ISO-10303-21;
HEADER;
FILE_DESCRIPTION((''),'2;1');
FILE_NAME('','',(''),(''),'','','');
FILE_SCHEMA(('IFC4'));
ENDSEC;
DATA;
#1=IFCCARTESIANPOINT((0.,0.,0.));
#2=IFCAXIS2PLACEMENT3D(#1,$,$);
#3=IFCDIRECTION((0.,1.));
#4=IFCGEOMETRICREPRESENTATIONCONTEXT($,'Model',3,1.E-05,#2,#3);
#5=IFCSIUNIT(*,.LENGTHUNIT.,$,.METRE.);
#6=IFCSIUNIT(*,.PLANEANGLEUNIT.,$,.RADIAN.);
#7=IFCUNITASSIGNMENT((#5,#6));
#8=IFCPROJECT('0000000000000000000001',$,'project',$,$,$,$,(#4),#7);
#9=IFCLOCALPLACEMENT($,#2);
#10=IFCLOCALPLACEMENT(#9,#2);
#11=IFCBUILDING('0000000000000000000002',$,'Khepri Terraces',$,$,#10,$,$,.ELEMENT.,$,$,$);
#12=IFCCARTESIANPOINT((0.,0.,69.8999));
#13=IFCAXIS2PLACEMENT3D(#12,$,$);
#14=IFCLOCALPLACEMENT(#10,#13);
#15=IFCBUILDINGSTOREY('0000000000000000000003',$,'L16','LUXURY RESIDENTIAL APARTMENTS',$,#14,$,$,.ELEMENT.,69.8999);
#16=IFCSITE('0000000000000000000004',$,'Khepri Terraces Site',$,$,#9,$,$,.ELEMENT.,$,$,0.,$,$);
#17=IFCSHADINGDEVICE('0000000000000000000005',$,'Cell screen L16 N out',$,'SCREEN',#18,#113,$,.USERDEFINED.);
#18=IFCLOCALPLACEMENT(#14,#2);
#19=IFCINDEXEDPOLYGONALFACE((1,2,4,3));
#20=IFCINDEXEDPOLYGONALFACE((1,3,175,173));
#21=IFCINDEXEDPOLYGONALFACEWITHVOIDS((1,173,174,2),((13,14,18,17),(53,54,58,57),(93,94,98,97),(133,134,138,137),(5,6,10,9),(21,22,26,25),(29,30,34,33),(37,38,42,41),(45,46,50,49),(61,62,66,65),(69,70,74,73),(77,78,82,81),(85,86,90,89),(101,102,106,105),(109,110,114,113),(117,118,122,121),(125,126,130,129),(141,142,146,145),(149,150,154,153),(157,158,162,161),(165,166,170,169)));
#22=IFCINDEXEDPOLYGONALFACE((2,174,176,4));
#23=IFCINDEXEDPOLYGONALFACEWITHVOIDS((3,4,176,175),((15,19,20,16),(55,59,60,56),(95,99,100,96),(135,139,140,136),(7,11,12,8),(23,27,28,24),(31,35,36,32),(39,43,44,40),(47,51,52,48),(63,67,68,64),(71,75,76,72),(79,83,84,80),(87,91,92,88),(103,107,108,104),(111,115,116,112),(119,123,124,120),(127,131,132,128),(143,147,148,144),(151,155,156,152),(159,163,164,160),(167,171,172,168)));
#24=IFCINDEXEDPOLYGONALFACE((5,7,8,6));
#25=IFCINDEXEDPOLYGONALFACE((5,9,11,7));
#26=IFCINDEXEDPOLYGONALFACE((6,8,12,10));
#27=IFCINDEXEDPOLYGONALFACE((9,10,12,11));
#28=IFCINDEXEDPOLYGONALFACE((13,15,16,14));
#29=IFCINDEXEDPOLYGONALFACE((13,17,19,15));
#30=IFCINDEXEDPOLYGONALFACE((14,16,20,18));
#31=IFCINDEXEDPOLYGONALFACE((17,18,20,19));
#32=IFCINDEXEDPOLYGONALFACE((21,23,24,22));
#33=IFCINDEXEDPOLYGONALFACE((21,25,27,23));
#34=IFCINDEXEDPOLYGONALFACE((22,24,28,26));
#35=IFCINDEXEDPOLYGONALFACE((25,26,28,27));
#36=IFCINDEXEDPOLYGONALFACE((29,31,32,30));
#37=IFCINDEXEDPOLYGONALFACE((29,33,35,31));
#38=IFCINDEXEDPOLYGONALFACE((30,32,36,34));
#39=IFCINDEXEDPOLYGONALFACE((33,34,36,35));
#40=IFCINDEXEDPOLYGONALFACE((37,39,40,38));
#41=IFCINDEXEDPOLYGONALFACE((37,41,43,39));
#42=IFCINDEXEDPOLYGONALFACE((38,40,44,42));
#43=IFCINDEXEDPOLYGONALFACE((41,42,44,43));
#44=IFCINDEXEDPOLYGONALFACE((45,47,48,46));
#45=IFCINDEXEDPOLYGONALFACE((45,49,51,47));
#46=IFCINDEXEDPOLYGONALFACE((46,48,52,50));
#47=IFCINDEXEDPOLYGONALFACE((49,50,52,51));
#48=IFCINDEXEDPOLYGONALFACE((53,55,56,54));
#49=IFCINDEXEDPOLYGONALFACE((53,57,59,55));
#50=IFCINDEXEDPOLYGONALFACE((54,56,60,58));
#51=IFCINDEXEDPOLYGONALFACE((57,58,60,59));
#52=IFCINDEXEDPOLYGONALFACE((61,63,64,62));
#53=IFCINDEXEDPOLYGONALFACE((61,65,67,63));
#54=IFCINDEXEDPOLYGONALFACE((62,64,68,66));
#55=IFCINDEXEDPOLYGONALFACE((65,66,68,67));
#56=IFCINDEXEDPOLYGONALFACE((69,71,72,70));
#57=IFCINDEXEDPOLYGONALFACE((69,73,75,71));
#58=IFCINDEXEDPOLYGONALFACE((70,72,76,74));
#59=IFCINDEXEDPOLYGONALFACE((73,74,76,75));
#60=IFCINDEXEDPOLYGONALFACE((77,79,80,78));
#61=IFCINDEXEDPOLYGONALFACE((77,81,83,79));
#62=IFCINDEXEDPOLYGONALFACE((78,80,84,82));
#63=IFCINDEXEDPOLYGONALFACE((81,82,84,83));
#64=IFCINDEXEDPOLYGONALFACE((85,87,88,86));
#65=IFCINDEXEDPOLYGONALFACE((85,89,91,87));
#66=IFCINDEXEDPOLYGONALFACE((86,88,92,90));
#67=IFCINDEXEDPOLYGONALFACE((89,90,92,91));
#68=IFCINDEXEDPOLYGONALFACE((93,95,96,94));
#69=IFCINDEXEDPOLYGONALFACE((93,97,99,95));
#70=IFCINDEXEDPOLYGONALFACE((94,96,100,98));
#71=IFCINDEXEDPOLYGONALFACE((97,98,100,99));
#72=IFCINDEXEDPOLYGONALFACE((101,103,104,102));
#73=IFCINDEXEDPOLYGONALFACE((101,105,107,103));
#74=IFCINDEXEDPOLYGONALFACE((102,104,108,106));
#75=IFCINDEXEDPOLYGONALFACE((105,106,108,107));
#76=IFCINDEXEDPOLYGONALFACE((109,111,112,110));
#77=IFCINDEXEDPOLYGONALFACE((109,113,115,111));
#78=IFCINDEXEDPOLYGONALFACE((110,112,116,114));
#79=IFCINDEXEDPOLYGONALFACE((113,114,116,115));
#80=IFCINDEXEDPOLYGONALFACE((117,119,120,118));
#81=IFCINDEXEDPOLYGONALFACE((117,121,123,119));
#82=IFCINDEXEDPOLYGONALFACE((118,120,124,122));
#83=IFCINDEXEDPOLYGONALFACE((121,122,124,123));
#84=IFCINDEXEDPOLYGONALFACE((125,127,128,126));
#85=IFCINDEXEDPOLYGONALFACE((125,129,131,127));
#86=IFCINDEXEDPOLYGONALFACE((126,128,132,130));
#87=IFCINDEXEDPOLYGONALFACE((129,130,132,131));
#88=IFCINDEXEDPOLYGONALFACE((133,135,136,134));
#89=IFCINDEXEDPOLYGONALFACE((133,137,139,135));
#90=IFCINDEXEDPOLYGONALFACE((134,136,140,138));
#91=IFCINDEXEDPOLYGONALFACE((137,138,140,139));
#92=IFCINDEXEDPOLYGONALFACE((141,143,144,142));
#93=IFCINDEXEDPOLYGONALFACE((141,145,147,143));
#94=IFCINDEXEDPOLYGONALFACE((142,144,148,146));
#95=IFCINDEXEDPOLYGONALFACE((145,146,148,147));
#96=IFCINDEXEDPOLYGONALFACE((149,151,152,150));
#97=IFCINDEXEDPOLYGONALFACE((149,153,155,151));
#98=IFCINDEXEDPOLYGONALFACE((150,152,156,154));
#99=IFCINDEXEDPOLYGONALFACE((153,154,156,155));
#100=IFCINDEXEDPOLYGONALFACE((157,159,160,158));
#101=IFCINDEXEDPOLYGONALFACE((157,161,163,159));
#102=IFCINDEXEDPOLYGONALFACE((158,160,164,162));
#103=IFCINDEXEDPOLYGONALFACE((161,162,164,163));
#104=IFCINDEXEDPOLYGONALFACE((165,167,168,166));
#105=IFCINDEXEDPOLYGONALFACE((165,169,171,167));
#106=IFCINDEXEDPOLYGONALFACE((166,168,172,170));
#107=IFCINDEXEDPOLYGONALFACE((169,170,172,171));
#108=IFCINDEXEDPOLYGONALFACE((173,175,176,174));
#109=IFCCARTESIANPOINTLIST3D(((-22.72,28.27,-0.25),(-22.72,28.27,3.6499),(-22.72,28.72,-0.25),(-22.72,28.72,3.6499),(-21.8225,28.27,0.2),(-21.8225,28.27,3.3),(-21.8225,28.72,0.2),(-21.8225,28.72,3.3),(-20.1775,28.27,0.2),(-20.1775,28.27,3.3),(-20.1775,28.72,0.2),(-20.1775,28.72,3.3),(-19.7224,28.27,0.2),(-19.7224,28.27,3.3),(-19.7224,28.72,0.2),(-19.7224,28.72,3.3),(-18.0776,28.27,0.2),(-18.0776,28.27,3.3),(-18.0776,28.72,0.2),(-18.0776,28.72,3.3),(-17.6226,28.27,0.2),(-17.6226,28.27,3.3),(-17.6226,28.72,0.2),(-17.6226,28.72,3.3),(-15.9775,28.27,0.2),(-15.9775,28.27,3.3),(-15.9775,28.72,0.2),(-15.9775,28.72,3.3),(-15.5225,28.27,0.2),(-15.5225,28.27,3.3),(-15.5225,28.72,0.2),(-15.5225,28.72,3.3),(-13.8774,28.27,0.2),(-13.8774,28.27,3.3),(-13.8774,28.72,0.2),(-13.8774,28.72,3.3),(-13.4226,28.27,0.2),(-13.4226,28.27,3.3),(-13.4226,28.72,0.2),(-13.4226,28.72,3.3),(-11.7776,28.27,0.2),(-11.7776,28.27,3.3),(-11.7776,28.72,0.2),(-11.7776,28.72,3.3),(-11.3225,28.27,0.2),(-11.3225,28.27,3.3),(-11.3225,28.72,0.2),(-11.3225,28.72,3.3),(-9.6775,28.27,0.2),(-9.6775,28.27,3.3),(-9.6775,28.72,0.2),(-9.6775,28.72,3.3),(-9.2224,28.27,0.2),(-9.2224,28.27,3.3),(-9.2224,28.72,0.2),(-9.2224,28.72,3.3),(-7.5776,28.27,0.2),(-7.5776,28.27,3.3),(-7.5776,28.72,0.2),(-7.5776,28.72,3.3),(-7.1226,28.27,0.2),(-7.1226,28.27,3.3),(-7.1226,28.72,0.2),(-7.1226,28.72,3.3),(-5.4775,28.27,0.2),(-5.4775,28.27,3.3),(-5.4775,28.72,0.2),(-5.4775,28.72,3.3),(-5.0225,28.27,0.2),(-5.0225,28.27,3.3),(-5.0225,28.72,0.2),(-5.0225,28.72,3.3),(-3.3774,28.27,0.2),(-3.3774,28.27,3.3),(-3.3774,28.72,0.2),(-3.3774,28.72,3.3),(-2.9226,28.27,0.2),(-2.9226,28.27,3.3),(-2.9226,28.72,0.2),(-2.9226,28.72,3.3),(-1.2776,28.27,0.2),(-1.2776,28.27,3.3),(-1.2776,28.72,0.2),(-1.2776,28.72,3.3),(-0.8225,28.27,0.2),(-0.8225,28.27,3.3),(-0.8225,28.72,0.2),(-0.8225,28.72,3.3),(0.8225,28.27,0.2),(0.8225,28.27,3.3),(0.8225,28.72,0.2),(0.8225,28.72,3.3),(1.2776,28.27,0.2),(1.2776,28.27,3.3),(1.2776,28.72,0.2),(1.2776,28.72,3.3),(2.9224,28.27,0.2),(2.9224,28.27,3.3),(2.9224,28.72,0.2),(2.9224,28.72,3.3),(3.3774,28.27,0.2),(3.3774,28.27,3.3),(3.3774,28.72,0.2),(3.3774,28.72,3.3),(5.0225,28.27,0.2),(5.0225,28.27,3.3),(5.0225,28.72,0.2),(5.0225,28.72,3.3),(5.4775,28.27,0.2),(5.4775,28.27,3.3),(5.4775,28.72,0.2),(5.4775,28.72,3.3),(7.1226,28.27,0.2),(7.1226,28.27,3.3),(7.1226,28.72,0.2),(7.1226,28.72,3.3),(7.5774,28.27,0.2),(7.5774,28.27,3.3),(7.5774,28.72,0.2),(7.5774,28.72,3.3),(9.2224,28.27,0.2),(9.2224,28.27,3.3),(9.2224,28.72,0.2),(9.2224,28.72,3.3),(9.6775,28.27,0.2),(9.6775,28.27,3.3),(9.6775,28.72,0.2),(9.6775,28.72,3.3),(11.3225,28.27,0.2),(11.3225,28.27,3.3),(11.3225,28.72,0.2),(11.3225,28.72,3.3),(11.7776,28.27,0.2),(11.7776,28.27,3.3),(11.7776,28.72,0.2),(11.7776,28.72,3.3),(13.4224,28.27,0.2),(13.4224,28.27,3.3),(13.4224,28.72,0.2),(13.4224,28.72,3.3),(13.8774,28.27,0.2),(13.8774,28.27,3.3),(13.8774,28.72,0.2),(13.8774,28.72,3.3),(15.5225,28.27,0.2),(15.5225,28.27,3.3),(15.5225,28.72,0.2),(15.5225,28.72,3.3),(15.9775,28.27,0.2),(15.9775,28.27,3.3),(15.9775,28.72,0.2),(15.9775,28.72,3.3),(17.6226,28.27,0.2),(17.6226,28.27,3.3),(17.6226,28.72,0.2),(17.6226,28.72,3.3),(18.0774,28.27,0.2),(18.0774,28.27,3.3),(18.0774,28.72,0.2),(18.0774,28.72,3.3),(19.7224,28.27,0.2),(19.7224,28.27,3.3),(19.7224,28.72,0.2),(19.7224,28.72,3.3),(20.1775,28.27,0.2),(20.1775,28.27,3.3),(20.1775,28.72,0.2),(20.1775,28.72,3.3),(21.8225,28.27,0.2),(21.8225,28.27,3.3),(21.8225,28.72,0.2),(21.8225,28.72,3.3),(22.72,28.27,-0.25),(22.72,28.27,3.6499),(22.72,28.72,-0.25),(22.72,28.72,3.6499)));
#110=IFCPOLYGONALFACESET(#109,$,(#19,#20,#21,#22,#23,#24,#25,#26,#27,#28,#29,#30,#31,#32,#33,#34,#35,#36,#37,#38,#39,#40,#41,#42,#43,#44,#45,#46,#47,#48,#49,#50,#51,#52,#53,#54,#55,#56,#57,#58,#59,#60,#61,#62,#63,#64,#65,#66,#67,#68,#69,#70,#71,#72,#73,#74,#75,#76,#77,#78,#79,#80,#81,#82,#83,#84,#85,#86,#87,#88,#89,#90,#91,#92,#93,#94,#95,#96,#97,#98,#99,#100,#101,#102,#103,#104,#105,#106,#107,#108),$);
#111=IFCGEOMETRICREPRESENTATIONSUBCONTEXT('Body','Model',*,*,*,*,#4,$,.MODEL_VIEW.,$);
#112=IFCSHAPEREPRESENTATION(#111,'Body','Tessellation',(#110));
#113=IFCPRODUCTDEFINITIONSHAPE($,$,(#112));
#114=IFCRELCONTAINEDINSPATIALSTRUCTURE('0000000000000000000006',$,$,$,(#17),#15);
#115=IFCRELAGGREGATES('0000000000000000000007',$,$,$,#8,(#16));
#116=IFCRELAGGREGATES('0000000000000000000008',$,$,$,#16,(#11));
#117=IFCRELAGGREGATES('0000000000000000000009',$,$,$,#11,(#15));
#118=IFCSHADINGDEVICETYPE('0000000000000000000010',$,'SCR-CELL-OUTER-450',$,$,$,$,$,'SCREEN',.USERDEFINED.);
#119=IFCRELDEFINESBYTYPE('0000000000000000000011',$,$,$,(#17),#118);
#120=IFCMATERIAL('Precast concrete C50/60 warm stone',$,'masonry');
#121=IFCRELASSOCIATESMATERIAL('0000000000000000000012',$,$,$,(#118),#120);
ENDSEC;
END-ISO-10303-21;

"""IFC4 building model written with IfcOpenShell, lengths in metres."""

from ifc_helpers import new_model, si_unit, direction, frame, origin, place, context, subcontext, project, spatial, polyline, outline, extrude, material, type_object, element, save


model = new_model("IFC4")

# Units and contexts
model_context = context("Model", 3, precision=1e-05, world=origin(), true_north=direction((0.0, 1.0)))
body_context = subcontext(model_context, "Body", "Model", "MODEL_VIEW")
ifc_project = project(units=[si_unit("LENGTHUNIT", "METRE"), si_unit("PLANEANGLEUNIT", "RADIAN")], contexts=[model_context])

# Site, building, storey
site_placement = place(None, origin())
site = spatial("IfcSite", under=ifc_project, at=site_placement, Name="Khepri Terraces Site", CompositionType="ELEMENT", RefElevation=0.0)
building_placement = place(site_placement, origin())
building = spatial("IfcBuilding", under=site, at=building_placement, Name="Khepri Terraces", CompositionType="ELEMENT")
storey_placement = place(building_placement, frame((0.0, 0.0, 69.8999)))
storey = spatial("IfcBuildingStorey", under=building, at=storey_placement, Name="L16", Description="LUXURY RESIDENTIAL APARTMENTS", CompositionType="ELEMENT", Elevation=69.8999)

# Shared definitions
ifc_material_1 = material(Name="Precast concrete C50/60 warm stone", Category="masonry")

# Shading device
shading_device_type_1 = type_object("IfcShadingDeviceType", Name="SCR-CELL-OUTER-450", ElementType="SCREEN", PredefinedType="USERDEFINED", material=ifc_material_1)
shading_device_1_placement = place(storey_placement, frame((22.72, 28.27, -0.25), z_axis=(0.0, 1.0, 0.0), x_axis=(-1.0, 0.0, 0.0)))
element("IfcShadingDevice", 1, at=shading_device_1_placement, inside=storey, type_object=shading_device_type_1, Name="Cell screen L16 N out", ObjectType="SCREEN", PredefinedType="USERDEFINED", context=body_context, shape_type="SweptSolid", body=[
    extrude(outline(polyline([(0.0, 0.0), (45.4399, 0.0), (45.4399, 3.8999), (0.0, 3.8999), (0.0, 0.0)]), holes=[polyline([(0.8975, 0.45), (2.5425, 0.45), (2.5425, 3.55), (0.8975, 3.55), (0.8975, 0.45)]), polyline([(2.9976, 0.45), (4.6426, 0.45), (4.6426, 3.55), (2.9976, 3.55), (2.9976, 0.45)]), polyline([(5.0974, 0.45), (6.7424, 0.45), (6.7424, 3.55), (5.0974, 3.55), (5.0974, 0.45)]), polyline([(7.1975, 0.45), (8.8425, 0.45), (8.8425, 3.55), (7.1975, 3.55), (7.1975, 0.45)]), polyline([(9.2976, 0.45), (10.9424, 0.45), (10.9424, 3.55), (9.2976, 3.55), (9.2976, 0.45)]), polyline([(11.3975, 0.45), (13.0425, 0.45), (13.0425, 3.55), (11.3975, 3.55), (11.3975, 0.45)]), polyline([(13.4976, 0.45), (15.1426, 0.45), (15.1426, 3.55), (13.4976, 3.55), (13.4976, 0.45)]), polyline([(15.5974, 0.45), (17.2424, 0.45), (17.2424, 3.55), (15.5974, 3.55), (15.5974, 0.45)]), polyline([(17.6975, 0.45), (19.3425, 0.45), (19.3425, 3.55), (17.6975, 3.55), (17.6975, 0.45)]), polyline([(19.7976, 0.45), (21.4424, 0.45), (21.4424, 3.55), (19.7976, 3.55), (19.7976, 0.45)]), polyline([(21.8975, 0.45), (23.5425, 0.45), (23.5425, 3.55), (21.8975, 3.55), (21.8975, 0.45)]), polyline([(23.9976, 0.45), (25.6426, 0.45), (25.6426, 3.55), (23.9976, 3.55), (23.9976, 0.45)]), polyline([(26.0974, 0.45), (27.7424, 0.45), (27.7424, 3.55), (26.0974, 3.55), (26.0974, 0.45)]), polyline([(28.1975, 0.45), (29.8425, 0.45), (29.8425, 3.55), (28.1975, 3.55), (28.1975, 0.45)]), polyline([(30.2976, 0.45), (31.9424, 0.45), (31.9424, 3.55), (30.2976, 3.55), (30.2976, 0.45)]), polyline([(32.3975, 0.45), (34.0425, 0.45), (34.0425, 3.55), (32.3975, 3.55), (32.3975, 0.45)]), polyline([(34.4976, 0.45), (36.1426, 0.45), (36.1426, 3.55), (34.4976, 3.55), (34.4976, 0.45)]), polyline([(36.5974, 0.45), (38.2424, 0.45), (38.2424, 3.55), (36.5974, 3.55), (36.5974, 0.45)]), polyline([(38.6975, 0.45), (40.3425, 0.45), (40.3425, 3.55), (38.6975, 3.55), (38.6975, 0.45)]), polyline([(40.7976, 0.45), (42.4424, 0.45), (42.4424, 3.55), (40.7976, 3.55), (40.7976, 0.45)]), polyline([(42.8975, 0.45), (44.5425, 0.45), (44.5425, 3.55), (42.8975, 3.55), (42.8975, 0.45)])]), origin(), (0.0, 0.0, 1.0), 0.45),
])

save(model, "model.ifc")
